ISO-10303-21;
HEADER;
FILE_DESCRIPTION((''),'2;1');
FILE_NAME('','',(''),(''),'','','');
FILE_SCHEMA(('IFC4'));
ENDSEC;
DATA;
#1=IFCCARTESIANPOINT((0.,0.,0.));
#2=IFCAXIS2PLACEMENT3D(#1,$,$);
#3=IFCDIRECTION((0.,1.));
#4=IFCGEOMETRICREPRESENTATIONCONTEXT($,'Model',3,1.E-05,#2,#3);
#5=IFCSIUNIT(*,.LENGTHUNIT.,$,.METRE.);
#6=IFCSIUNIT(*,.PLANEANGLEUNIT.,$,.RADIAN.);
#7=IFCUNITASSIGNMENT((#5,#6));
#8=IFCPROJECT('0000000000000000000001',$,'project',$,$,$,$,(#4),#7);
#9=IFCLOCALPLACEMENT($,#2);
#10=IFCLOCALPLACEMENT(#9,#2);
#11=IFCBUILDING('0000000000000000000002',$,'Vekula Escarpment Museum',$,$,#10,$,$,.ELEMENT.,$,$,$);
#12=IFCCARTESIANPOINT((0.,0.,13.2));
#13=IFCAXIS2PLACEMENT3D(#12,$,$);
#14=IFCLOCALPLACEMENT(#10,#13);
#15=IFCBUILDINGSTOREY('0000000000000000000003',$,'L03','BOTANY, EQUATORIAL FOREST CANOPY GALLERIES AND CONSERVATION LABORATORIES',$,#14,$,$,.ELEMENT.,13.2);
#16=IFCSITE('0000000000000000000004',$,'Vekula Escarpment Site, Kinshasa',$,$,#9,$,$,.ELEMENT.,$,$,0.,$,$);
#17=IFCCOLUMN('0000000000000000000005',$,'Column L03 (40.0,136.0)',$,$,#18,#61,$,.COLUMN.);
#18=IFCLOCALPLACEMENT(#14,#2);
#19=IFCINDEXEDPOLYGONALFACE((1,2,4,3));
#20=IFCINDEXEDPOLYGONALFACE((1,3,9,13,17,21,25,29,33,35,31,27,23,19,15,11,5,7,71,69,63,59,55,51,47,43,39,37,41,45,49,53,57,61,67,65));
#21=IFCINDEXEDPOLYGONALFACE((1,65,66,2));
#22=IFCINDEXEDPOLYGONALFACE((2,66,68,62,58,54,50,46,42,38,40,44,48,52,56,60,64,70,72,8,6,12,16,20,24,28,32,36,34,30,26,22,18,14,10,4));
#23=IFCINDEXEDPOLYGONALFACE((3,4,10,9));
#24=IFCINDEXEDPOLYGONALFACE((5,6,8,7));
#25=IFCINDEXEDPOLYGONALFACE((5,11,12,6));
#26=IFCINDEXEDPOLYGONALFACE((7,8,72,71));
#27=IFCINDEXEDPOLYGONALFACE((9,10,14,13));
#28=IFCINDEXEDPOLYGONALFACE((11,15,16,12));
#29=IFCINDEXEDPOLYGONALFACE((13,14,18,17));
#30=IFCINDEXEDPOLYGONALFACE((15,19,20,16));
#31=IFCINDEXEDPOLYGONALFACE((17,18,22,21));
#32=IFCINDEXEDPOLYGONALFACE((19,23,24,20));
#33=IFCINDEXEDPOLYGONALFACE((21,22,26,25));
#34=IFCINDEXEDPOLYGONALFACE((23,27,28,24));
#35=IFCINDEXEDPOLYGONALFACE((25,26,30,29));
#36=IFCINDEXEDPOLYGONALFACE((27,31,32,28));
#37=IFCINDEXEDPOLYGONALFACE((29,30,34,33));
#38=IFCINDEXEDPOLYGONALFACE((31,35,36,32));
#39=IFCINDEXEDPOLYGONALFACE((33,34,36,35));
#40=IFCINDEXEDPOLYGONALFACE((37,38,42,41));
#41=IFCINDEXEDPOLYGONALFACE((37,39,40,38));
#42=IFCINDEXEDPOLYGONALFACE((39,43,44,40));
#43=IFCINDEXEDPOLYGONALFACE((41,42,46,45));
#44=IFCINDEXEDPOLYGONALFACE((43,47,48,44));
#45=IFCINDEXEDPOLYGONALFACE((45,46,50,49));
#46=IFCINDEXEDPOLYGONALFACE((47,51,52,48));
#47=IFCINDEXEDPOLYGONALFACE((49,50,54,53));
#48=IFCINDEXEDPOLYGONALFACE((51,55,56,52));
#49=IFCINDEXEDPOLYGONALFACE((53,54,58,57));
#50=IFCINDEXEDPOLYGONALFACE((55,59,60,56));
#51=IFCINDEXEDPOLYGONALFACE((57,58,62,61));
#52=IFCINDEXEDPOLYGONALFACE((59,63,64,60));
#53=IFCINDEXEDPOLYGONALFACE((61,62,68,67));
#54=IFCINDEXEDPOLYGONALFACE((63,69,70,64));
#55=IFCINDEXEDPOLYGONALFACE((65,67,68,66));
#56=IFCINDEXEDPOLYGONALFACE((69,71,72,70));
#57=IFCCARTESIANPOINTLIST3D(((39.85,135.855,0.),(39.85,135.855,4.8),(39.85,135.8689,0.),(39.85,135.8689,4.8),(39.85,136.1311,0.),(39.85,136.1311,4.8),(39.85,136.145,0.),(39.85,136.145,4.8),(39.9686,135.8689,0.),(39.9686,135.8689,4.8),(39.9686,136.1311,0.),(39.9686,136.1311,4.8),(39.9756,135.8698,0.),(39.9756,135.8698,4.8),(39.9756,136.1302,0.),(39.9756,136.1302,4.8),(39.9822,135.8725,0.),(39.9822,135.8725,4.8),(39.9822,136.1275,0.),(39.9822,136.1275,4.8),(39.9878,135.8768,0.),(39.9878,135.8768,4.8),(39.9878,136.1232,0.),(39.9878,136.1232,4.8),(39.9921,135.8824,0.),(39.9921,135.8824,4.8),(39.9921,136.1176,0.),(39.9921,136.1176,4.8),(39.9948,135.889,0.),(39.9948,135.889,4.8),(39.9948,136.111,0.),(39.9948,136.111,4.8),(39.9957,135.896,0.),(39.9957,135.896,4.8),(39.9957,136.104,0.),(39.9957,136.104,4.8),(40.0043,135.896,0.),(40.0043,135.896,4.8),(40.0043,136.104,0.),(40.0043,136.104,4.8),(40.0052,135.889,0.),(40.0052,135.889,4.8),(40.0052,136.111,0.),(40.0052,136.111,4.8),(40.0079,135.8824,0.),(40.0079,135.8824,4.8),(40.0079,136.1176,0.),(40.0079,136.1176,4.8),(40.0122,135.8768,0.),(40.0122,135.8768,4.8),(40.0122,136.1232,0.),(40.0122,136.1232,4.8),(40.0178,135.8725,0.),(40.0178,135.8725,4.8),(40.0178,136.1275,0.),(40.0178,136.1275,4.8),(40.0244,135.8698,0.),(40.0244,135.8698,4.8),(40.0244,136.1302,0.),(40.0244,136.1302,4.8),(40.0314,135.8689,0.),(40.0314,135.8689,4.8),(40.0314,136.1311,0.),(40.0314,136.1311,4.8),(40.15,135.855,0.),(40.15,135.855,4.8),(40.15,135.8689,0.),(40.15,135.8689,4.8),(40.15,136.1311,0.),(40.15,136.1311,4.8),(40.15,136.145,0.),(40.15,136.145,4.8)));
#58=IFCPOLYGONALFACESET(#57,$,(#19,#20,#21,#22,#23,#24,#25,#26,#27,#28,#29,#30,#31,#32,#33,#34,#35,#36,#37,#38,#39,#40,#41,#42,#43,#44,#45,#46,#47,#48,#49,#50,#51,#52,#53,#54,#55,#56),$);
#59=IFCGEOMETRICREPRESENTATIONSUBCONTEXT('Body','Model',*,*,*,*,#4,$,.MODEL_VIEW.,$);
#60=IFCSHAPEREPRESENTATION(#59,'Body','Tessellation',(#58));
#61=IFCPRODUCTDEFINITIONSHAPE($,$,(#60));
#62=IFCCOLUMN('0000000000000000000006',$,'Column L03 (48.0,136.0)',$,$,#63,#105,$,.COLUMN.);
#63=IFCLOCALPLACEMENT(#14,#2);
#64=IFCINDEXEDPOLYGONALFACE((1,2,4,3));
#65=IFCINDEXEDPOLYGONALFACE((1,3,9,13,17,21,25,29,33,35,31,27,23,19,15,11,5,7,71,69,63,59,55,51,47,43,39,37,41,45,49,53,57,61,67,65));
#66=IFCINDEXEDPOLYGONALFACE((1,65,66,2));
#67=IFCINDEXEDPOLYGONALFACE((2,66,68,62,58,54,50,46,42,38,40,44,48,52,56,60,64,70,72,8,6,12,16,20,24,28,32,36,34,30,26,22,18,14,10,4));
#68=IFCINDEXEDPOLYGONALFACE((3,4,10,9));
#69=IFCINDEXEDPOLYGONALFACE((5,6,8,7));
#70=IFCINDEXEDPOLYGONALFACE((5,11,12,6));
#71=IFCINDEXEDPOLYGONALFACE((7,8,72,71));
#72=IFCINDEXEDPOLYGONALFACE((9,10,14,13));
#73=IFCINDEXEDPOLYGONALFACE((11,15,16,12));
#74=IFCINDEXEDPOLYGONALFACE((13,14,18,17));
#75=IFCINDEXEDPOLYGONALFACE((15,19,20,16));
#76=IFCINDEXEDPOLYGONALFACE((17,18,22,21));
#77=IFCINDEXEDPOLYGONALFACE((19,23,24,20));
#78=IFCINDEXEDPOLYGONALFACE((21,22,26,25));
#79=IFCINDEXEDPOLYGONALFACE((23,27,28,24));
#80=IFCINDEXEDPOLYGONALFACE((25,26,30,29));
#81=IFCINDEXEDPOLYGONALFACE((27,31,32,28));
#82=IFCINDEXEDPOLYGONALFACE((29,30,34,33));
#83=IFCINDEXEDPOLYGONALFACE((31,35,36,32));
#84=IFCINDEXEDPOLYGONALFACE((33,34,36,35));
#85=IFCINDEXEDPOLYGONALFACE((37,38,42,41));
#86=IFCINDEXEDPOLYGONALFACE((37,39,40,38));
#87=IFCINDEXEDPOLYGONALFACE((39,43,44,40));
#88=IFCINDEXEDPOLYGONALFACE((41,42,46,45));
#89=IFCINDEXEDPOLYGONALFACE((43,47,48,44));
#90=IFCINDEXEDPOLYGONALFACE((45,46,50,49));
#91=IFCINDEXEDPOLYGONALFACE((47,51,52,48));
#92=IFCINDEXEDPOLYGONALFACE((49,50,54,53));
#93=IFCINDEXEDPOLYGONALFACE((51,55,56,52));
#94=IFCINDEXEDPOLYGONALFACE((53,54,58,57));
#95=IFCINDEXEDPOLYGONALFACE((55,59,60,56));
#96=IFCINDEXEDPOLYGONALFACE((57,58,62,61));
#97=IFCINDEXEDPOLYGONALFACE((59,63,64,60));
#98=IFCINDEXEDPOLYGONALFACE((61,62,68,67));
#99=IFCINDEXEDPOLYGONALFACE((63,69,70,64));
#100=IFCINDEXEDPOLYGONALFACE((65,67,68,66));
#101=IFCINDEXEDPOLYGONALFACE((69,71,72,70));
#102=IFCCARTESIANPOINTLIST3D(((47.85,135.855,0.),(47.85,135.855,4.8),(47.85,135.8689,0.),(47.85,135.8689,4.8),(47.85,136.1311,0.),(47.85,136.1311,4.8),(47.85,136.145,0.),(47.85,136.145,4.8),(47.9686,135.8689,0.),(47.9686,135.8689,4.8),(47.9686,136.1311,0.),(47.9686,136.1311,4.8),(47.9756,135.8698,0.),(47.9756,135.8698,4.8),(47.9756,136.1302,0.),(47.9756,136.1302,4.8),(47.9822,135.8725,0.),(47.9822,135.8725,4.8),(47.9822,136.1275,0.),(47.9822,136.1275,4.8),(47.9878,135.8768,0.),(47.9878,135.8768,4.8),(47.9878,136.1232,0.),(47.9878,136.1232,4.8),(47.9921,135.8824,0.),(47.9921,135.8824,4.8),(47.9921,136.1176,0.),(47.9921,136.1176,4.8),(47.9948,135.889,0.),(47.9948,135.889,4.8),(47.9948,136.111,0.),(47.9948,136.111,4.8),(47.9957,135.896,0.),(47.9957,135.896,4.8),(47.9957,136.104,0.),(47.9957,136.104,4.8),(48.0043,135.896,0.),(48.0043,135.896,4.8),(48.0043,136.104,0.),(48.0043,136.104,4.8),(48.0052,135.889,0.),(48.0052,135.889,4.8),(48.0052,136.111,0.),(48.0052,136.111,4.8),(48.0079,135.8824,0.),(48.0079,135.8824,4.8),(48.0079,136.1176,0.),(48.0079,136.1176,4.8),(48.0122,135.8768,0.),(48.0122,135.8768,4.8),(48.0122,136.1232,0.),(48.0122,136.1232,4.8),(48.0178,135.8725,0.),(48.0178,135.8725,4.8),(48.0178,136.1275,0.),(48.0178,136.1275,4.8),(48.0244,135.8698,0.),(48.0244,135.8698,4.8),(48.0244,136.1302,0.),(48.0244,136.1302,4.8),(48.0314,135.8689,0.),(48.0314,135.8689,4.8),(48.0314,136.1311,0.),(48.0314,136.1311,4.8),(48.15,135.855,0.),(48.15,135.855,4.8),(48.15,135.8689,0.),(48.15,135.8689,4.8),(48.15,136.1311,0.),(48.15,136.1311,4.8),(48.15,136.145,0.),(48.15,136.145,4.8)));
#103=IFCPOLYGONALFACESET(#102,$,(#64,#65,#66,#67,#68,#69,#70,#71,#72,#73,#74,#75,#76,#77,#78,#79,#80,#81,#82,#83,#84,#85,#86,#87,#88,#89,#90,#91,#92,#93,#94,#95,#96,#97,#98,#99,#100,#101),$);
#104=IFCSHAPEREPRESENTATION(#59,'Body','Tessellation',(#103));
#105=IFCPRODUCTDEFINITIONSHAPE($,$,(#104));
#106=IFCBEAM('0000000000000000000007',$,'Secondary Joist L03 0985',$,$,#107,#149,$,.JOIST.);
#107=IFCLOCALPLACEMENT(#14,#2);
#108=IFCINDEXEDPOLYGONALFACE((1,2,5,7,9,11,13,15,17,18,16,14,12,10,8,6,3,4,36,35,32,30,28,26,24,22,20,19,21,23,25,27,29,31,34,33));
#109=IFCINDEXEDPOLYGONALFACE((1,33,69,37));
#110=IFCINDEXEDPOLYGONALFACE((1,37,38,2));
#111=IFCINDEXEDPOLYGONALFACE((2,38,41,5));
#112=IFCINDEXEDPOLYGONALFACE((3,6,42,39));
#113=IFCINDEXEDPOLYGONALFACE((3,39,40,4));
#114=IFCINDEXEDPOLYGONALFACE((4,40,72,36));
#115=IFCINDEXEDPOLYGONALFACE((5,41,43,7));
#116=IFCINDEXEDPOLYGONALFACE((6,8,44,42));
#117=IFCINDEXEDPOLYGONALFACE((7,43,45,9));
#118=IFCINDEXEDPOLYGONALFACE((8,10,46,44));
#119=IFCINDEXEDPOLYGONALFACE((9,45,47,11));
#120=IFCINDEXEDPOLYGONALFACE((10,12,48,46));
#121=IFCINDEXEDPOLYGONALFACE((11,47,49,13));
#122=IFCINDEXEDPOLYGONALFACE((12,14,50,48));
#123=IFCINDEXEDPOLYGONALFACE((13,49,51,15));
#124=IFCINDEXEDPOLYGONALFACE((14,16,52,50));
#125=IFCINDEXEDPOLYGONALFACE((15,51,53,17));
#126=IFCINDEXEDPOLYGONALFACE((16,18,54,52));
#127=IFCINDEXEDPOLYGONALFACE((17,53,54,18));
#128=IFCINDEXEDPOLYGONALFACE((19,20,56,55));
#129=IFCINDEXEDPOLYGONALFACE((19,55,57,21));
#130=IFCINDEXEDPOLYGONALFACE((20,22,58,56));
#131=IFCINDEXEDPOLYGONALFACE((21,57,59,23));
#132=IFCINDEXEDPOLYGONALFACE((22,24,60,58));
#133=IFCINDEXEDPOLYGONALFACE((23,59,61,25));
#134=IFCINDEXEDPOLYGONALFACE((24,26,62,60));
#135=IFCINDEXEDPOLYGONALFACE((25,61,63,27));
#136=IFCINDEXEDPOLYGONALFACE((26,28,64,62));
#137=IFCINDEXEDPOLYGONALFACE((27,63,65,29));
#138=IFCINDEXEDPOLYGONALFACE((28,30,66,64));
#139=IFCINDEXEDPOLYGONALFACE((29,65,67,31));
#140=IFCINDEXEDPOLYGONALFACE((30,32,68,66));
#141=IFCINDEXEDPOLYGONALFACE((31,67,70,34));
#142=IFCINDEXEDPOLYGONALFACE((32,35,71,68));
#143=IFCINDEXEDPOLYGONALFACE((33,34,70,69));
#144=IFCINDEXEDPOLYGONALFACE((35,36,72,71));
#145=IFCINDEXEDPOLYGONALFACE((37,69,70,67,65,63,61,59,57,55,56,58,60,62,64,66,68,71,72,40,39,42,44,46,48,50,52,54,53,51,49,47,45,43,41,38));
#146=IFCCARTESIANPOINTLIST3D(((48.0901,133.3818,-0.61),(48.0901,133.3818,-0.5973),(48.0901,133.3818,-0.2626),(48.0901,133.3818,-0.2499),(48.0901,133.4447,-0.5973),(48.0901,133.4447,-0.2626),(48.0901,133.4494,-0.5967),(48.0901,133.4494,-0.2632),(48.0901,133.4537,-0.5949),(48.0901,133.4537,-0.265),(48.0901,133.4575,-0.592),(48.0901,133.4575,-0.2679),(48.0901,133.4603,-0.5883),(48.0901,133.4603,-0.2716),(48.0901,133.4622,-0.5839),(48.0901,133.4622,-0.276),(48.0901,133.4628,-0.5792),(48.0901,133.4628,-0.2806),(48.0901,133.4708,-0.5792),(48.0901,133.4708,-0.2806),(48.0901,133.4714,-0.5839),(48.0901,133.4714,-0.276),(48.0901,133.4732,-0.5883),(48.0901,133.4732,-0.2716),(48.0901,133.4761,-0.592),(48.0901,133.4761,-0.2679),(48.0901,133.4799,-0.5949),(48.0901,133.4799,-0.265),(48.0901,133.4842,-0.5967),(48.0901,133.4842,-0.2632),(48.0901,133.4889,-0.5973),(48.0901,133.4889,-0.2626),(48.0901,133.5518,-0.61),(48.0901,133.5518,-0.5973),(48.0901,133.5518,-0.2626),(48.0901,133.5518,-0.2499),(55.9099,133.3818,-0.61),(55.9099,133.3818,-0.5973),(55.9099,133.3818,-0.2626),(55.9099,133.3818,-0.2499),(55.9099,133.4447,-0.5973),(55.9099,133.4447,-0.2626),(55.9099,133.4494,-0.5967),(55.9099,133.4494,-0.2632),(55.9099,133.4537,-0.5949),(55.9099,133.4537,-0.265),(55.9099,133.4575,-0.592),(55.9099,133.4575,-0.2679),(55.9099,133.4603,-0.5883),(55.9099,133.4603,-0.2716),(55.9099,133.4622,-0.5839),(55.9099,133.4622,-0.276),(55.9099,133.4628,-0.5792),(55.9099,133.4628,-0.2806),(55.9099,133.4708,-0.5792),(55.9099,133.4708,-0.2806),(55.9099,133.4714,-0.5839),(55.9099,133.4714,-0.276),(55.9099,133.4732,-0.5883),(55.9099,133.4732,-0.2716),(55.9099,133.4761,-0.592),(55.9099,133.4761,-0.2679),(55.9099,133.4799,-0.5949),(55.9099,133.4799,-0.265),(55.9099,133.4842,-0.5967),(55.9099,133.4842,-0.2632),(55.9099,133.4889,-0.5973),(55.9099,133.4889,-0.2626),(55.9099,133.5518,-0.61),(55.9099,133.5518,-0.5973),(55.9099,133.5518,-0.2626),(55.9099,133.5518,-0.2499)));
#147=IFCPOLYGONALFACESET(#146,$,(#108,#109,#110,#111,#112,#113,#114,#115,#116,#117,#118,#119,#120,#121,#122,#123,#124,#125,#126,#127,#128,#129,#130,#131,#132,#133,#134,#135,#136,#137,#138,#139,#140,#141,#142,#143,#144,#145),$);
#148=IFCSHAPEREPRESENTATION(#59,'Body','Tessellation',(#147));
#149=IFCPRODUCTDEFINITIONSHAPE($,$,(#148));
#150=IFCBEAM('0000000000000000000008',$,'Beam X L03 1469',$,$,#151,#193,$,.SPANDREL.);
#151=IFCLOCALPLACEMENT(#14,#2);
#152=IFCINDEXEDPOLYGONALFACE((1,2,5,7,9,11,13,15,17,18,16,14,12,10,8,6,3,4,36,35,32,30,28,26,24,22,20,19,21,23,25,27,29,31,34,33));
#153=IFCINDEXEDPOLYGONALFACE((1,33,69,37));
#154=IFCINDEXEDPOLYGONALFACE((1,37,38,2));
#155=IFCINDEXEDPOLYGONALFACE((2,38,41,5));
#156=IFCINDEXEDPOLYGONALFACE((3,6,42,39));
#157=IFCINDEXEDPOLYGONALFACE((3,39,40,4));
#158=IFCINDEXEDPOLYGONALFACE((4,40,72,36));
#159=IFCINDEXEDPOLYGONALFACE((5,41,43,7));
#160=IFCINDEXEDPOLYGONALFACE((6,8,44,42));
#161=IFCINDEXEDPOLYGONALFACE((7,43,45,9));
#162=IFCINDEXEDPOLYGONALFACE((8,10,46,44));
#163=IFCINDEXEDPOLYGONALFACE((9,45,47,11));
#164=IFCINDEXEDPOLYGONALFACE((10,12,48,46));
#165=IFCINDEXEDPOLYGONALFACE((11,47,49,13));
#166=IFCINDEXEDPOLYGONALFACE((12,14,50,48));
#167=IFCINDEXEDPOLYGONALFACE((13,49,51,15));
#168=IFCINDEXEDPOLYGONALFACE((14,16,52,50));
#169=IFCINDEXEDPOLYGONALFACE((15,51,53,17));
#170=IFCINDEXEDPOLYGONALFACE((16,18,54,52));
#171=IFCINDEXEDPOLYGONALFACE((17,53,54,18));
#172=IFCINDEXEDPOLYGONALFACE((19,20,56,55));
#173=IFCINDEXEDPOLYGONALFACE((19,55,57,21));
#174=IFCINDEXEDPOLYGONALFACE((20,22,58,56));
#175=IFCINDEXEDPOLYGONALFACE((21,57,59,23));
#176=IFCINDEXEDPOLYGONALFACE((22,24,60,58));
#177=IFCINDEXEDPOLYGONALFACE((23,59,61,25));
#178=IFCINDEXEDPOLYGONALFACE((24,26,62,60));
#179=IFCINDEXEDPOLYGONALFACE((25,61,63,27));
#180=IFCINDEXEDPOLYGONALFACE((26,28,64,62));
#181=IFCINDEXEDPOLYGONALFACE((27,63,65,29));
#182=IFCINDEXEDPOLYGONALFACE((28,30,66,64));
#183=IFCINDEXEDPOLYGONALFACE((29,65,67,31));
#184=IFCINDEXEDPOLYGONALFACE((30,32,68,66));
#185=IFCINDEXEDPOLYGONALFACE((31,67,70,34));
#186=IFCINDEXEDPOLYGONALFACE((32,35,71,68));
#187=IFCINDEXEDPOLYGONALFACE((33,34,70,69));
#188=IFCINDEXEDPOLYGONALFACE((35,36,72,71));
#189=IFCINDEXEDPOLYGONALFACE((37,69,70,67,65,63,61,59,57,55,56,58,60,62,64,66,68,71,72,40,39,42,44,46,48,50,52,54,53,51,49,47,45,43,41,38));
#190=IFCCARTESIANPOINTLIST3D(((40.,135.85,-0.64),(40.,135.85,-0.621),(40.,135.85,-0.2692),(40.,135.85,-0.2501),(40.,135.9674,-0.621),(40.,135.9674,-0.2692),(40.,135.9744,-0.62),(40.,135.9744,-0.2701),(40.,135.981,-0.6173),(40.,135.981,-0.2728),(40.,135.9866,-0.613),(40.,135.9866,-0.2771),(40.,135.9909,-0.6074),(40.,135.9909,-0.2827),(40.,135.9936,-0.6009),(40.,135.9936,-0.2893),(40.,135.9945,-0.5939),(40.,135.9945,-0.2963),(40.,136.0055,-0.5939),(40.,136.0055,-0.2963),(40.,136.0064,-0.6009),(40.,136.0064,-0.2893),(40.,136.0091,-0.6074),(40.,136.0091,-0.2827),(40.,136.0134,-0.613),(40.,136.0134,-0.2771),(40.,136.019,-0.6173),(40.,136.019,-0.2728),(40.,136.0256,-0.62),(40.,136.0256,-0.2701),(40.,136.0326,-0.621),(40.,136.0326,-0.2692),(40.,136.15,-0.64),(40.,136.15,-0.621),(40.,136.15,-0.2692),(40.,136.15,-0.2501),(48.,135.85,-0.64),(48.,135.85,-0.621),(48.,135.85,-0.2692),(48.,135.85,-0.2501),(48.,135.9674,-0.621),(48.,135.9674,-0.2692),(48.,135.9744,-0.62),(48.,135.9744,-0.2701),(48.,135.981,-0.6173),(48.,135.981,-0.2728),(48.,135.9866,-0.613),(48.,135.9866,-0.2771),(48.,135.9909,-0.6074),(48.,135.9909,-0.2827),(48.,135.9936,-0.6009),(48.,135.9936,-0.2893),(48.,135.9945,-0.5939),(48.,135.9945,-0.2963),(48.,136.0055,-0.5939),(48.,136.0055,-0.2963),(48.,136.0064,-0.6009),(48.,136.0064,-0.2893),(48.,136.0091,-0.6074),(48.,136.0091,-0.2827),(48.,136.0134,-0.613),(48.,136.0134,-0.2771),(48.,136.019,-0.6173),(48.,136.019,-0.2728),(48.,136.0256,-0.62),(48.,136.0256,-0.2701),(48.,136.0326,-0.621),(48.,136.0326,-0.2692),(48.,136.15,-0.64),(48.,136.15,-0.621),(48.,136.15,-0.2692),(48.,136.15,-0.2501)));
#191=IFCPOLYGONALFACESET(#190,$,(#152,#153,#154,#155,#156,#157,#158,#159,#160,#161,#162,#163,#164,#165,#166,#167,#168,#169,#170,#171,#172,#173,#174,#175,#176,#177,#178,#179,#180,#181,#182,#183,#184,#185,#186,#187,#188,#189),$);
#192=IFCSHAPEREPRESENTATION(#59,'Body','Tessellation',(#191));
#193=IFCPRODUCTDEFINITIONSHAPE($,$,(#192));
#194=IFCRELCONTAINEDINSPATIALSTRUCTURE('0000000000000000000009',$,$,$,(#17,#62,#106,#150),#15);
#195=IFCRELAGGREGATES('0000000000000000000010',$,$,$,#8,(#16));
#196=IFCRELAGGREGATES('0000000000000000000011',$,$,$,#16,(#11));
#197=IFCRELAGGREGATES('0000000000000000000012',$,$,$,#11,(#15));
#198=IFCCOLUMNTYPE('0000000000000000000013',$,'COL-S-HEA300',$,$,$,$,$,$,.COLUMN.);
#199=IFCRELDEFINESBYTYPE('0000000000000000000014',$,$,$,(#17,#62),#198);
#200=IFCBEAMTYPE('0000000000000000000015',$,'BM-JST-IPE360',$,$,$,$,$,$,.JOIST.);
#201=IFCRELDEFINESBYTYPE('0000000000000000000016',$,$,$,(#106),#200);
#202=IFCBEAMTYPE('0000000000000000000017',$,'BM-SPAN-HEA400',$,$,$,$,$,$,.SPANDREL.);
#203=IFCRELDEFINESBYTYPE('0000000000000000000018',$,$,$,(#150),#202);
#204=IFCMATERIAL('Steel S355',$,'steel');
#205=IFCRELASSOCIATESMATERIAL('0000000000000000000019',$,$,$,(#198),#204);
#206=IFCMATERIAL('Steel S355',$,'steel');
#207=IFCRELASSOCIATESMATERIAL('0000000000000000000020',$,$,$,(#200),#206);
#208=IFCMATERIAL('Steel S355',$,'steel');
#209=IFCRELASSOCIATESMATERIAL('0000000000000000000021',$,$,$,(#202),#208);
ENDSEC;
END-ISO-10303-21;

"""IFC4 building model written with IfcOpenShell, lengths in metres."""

from ifc_helpers import new_model, si_unit, direction, frame, origin, origin_2d, place, context, subcontext, project, spatial, i_section, extrude, material, material_profile, profile_set, type_object, element, save


model = new_model("IFC4")

# Units and contexts
model_context = context("Model", 3, precision=1e-05, world=origin(), true_north=direction((0.0, 1.0)))
body_context = subcontext(model_context, "Body", "Model", "MODEL_VIEW")
ifc_project = project(units=[si_unit("LENGTHUNIT", "METRE"), si_unit("PLANEANGLEUNIT", "RADIAN")], contexts=[model_context])

# Site, building, storey
site_placement = place(None, origin())
site = spatial("IfcSite", under=ifc_project, at=site_placement, Name="Vekula Escarpment Site, Kinshasa", CompositionType="ELEMENT", RefElevation=0.0)
building_placement = place(site_placement, origin())
building = spatial("IfcBuilding", under=site, at=building_placement, Name="Vekula Escarpment Museum", CompositionType="ELEMENT")
storey_placement = place(building_placement, frame((0.0, 0.0, 13.2)))
storey = spatial("IfcBuildingStorey", under=building, at=storey_placement, Name="L03", Description="BOTANY, EQUATORIAL FOREST CANOPY GALLERIES AND CONSERVATION LABORATORIES", CompositionType="ELEMENT", Elevation=13.2)

# Columns
ifc_material_1 = material(Name="Steel S355", Category="steel")
ifc_material_profile_1 = material_profile(ifc_material_1, i_section(OverallWidth=0.3, OverallDepth=0.29, WebThickness=0.0085, FlangeThickness=0.0139, FilletRadius=0.0271, at=origin_2d()), Name="HEA 300")
ifc_profile_set_1 = profile_set([ifc_material_profile_1], Name="Steel S355")
column_type = type_object("IfcColumnType", Name="COL-S-HEA300", PredefinedType="COLUMN", material=ifc_profile_set_1)
for number, where, z_axis, x_axis, name in (
    (1, (40.0, 136.0, 0.0), (0.0, 0.0, 1.0), (1.0, 0.0, 0.0), "Column L03 (40.0,136.0)"),
    (2, (48.0, 136.0, 0.0), (0.0, 0.0, 1.0), (1.0, 0.0, 0.0), "Column L03 (48.0,136.0)"),
):
    element("IfcColumn", number, at=place(storey_placement, frame(where, z_axis=z_axis, x_axis=x_axis)), inside=storey, type_object=column_type, Name=name, PredefinedType="COLUMN", context=body_context, shape_type="SweptSolid", body=[
        extrude(i_section(OverallWidth=0.3, OverallDepth=0.29, WebThickness=0.0085, FlangeThickness=0.0139, FilletRadius=0.0271, at=origin_2d()), origin(), (0.0, 0.0, 1.0), 4.8),
    ])

# Beams
ifc_material_2 = material(Name="Steel S355", Category="steel")
ifc_material_profile_2 = material_profile(ifc_material_2, i_section(OverallWidth=0.1699, OverallDepth=0.3601, WebThickness=0.0081, FlangeThickness=0.0127, FilletRadius=0.0181, at=origin_2d()), Name="IPE 360")
ifc_profile_set_2 = profile_set([ifc_material_profile_2], Name="Steel S355")
beam_type_1 = type_object("IfcBeamType", Name="BM-JST-IPE360", PredefinedType="JOIST", material=ifc_profile_set_2)
beam_placement = place(storey_placement, frame((48.0901, 133.4668, -0.4299), z_axis=(1.0, 0.0, 0.0), x_axis=(0.0, 1.0, 0.0)))
element("IfcBeam", 3, at=beam_placement, inside=storey, type_object=beam_type_1, Name="Secondary Joist L03 0985", PredefinedType="JOIST", context=body_context, shape_type="SweptSolid", body=[
    extrude(i_section(OverallWidth=0.1699, OverallDepth=0.3601, WebThickness=0.0081, FlangeThickness=0.0127, FilletRadius=0.0181, at=origin_2d()), origin(), (0.0, 0.0, 1.0), 7.8198),
])
ifc_material_3 = material(Name="Steel S355", Category="steel")
ifc_material_profile_3 = material_profile(ifc_material_3, i_section(OverallWidth=0.3, OverallDepth=0.3899, WebThickness=0.011, FlangeThickness=0.019, FilletRadius=0.0271, at=origin_2d()), Name="HEA 400")
ifc_profile_set_3 = profile_set([ifc_material_profile_3], Name="Steel S355")
beam_type_2 = type_object("IfcBeamType", Name="BM-SPAN-HEA400", PredefinedType="SPANDREL", material=ifc_profile_set_3)
for number, where, z_axis, x_axis, name in (
    (4, (40.0, 136.0, -0.4451), (1.0, 0.0, 0.0), (0.0, 1.0, 0.0), "Beam X L03 1469"),
):
    element("IfcBeam", number, at=place(storey_placement, frame(where, z_axis=z_axis, x_axis=x_axis)), inside=storey, type_object=beam_type_2, Name=name, PredefinedType="SPANDREL", context=body_context, shape_type="SweptSolid", body=[
        extrude(i_section(OverallWidth=0.3, OverallDepth=0.3899, WebThickness=0.011, FlangeThickness=0.019, FilletRadius=0.0271, at=origin_2d()), origin(), (0.0, 0.0, 1.0), 8.0),
    ])

save(model, "model.ifc")
